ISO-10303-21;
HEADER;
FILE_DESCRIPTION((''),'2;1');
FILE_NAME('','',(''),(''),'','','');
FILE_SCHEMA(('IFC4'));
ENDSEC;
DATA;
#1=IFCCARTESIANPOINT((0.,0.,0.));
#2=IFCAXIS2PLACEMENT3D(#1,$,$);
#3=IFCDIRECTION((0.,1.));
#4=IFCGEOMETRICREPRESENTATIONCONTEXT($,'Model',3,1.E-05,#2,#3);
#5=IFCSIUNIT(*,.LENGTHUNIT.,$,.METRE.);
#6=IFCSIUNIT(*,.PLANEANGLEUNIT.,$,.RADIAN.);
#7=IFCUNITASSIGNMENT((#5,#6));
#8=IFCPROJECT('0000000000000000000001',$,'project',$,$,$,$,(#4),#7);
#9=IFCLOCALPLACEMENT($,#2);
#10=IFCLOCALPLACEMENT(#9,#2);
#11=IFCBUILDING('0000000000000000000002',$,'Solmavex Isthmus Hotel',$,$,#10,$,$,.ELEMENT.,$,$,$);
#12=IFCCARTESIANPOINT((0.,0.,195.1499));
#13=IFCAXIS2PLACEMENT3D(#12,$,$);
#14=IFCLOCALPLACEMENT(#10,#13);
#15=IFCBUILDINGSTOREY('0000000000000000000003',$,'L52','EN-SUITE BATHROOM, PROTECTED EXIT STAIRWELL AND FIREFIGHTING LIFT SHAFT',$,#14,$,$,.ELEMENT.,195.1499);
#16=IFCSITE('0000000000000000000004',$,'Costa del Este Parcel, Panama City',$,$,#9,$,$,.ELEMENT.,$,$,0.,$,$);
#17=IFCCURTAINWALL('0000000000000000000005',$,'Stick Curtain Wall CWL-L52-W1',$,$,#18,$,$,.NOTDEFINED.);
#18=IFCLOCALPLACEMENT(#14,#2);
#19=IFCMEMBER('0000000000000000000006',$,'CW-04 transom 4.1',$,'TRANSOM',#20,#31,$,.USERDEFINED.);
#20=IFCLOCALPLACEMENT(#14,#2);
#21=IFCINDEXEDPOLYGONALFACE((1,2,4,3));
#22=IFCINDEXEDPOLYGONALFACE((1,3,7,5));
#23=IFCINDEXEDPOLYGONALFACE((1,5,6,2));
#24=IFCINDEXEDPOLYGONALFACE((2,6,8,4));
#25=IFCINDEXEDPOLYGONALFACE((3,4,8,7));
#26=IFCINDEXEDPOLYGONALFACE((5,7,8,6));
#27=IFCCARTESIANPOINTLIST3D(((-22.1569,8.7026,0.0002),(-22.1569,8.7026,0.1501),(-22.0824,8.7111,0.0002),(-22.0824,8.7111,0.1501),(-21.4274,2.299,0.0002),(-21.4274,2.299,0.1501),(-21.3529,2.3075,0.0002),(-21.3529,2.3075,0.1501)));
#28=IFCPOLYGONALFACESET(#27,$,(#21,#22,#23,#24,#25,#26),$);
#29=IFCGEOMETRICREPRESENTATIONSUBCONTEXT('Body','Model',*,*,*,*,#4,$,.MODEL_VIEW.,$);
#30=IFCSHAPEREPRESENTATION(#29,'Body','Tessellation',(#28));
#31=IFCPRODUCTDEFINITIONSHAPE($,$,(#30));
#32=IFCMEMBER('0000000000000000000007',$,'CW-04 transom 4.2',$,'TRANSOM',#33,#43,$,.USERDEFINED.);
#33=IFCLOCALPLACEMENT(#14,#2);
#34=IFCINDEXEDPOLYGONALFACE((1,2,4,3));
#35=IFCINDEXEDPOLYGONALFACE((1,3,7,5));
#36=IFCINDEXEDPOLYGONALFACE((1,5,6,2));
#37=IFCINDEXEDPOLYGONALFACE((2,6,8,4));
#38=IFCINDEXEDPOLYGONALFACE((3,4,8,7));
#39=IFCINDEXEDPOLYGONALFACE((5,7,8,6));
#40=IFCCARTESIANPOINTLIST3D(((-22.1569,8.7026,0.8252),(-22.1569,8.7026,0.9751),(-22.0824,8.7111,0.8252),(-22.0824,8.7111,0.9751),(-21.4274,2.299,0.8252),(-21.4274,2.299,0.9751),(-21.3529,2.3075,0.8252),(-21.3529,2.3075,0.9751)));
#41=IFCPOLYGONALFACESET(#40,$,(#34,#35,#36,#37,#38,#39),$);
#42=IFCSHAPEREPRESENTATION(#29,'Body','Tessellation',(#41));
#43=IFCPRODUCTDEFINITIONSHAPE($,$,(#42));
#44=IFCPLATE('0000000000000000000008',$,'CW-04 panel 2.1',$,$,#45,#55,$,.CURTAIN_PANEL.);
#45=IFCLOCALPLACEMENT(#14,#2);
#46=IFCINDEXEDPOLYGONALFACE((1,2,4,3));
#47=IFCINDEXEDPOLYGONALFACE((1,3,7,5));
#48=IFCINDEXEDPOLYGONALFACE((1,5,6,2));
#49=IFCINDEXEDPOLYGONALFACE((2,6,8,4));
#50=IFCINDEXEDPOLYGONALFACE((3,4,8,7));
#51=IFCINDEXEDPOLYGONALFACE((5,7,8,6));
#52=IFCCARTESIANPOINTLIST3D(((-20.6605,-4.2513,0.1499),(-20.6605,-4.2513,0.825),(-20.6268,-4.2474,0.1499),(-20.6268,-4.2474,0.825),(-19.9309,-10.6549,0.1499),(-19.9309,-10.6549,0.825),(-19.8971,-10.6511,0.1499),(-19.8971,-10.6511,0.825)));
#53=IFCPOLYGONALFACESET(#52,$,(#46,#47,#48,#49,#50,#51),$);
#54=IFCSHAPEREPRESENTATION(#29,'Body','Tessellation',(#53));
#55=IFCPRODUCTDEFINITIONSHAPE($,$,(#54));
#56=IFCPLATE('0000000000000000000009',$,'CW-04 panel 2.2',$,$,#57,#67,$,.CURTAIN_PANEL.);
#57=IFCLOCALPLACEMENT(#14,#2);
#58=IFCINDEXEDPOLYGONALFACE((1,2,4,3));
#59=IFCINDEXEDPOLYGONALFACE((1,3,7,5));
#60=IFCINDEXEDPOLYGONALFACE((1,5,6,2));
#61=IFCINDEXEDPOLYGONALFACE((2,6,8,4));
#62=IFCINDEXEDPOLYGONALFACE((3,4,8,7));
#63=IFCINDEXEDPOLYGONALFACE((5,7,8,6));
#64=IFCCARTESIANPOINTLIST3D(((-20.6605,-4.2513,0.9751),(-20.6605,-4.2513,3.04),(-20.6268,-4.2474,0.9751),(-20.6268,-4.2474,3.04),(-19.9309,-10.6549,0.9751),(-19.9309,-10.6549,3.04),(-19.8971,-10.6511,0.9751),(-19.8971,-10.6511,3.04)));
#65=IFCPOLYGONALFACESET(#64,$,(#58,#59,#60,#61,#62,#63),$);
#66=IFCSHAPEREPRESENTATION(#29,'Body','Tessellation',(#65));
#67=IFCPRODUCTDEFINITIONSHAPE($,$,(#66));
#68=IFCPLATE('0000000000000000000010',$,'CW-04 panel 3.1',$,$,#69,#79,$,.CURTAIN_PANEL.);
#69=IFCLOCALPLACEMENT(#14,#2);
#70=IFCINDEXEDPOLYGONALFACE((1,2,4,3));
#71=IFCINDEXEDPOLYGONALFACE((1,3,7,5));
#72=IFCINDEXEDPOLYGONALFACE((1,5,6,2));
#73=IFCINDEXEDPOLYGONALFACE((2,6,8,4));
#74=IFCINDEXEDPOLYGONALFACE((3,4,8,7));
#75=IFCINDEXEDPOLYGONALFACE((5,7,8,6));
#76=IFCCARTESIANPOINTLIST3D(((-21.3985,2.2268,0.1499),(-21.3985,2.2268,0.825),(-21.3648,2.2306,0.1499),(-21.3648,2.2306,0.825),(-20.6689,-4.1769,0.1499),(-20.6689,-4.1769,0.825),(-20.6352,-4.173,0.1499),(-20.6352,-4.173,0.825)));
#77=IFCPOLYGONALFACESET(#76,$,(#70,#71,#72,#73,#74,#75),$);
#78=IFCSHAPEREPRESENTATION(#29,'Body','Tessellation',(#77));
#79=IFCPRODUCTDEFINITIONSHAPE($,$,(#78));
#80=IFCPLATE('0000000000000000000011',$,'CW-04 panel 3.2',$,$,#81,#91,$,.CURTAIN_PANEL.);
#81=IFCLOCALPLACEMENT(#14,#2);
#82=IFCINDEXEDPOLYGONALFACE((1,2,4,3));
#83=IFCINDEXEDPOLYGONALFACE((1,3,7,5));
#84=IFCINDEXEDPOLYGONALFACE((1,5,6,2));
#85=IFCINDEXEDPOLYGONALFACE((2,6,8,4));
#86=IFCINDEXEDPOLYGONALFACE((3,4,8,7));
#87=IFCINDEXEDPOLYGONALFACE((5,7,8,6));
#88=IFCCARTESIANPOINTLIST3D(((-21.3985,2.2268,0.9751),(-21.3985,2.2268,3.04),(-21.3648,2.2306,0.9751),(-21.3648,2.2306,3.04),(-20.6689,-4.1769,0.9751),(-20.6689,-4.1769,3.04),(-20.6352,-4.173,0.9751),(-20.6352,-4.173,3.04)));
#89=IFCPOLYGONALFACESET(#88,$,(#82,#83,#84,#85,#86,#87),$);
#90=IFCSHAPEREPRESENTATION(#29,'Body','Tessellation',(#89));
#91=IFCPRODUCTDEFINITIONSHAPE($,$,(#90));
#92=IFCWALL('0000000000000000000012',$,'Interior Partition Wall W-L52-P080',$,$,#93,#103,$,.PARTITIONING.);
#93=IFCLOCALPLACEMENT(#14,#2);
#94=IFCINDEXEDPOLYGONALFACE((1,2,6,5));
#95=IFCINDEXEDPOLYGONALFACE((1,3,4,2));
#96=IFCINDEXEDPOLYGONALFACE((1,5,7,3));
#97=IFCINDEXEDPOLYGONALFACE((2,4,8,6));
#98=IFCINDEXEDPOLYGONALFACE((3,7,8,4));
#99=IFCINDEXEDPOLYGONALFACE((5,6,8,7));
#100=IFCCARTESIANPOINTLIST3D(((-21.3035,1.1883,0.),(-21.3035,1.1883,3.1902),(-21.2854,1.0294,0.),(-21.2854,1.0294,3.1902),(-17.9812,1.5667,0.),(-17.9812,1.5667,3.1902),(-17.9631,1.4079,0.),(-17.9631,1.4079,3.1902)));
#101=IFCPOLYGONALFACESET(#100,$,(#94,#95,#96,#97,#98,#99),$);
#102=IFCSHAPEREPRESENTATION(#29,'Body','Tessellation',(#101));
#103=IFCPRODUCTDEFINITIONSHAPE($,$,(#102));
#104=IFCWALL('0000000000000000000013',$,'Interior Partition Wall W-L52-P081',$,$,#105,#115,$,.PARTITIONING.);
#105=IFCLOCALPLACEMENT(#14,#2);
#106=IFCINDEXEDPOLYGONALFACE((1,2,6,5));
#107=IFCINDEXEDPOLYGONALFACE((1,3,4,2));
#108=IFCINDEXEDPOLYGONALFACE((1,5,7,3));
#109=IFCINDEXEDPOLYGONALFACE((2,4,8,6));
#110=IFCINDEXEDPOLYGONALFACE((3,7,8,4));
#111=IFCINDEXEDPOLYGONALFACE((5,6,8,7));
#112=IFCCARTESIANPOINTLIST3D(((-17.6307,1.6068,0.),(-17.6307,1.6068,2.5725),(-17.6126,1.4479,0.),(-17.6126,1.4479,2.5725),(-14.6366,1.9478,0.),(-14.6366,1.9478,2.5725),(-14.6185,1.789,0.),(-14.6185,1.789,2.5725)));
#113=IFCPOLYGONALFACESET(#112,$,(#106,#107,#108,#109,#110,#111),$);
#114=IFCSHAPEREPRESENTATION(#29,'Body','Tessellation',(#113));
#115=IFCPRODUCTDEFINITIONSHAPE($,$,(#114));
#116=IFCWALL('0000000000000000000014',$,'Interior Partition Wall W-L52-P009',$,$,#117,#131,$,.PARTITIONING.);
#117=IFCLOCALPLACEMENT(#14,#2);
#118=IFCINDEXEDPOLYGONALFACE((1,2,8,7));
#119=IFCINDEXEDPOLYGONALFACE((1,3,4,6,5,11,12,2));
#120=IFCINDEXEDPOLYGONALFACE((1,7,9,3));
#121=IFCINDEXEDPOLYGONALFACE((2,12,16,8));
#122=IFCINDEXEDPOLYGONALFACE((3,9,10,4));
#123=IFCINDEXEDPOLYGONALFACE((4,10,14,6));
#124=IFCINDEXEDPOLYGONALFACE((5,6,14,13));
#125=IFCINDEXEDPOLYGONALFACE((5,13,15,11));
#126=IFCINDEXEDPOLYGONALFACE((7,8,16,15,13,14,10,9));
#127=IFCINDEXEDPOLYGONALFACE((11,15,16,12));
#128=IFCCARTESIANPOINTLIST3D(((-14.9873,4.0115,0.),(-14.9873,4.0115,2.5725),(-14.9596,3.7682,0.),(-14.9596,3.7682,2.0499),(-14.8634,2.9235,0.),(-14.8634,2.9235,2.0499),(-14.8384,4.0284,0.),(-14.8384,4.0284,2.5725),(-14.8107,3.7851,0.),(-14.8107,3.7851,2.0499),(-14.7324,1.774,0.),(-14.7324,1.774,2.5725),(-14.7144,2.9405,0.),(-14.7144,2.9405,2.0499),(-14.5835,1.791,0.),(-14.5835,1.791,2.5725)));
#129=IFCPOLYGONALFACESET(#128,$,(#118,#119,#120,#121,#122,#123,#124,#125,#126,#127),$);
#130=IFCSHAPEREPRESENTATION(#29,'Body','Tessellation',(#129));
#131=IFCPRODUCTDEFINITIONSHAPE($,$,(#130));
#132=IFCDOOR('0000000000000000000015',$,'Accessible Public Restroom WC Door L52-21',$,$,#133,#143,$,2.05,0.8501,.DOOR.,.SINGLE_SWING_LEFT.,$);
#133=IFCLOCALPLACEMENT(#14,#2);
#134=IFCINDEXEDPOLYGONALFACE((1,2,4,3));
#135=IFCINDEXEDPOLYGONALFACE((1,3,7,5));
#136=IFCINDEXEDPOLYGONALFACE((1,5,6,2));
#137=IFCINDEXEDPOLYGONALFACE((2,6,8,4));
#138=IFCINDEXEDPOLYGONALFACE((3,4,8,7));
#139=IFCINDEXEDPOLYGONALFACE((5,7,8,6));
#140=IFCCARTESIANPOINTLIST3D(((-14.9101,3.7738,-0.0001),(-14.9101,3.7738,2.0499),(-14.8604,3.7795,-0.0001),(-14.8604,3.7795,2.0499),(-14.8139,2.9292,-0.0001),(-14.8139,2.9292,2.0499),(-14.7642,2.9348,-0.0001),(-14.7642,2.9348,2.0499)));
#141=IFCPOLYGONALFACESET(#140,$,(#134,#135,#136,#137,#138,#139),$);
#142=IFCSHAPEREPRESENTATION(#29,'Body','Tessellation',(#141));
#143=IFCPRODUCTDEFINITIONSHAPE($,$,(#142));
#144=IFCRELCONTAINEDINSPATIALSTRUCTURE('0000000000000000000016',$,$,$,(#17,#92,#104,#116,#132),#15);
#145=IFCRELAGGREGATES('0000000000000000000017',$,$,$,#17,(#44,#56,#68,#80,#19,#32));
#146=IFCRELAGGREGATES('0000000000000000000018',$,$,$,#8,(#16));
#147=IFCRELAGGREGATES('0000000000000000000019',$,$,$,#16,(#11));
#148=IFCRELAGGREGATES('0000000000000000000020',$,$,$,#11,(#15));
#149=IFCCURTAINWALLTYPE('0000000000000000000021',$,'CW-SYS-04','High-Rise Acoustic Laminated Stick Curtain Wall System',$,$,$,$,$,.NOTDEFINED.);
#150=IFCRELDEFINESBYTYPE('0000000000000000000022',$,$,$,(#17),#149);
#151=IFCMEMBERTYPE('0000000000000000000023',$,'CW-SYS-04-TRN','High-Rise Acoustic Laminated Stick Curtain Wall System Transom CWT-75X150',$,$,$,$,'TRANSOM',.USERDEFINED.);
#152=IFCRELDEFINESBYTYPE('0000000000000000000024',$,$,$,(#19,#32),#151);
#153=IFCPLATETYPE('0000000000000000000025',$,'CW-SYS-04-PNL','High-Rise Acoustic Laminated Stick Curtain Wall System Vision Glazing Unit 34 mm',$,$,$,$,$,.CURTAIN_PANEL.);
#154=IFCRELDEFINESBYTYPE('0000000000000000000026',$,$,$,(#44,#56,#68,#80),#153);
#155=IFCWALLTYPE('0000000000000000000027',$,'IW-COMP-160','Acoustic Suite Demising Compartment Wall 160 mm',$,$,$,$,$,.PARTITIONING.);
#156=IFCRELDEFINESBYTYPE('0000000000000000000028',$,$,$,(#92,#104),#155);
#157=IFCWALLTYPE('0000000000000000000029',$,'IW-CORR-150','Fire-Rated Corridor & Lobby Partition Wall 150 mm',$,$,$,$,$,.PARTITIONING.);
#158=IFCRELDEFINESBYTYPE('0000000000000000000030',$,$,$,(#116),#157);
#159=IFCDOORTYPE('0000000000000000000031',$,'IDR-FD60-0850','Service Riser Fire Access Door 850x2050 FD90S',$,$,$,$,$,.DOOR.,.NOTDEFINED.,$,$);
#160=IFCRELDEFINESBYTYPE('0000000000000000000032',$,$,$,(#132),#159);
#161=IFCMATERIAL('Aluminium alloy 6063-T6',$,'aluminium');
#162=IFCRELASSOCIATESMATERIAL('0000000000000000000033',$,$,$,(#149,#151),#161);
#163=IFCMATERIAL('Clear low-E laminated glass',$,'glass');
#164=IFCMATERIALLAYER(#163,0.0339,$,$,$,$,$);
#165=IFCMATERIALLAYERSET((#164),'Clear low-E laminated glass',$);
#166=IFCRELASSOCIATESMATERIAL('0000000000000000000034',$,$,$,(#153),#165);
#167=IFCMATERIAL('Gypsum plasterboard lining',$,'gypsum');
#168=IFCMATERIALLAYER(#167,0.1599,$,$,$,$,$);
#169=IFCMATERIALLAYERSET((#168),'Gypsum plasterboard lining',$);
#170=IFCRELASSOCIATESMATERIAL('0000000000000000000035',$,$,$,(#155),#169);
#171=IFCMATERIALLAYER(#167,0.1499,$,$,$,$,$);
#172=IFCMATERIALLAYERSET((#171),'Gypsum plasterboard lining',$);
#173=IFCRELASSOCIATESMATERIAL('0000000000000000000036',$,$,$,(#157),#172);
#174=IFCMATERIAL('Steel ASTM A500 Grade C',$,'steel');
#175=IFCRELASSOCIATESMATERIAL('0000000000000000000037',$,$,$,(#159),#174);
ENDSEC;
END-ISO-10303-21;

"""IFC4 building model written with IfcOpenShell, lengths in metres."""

from ifc_helpers import new_model, si_unit, direction, frame, frame_2d, origin, origin_2d, place, context, subcontext, project, spatial, rectangle, extrude, material, layer, layer_set, material_profile, profile_set, type_object, element, fill, aggregate, save


model = new_model("IFC4")

# Units and contexts
model_context = context("Model", 3, precision=1e-05, world=origin(), true_north=direction((0.0, 1.0)))
body_context = subcontext(model_context, "Body", "Model", "MODEL_VIEW")
ifc_project = project(units=[si_unit("LENGTHUNIT", "METRE"), si_unit("PLANEANGLEUNIT", "RADIAN")], contexts=[model_context])

# Site, building, storey
site_placement = place(None, origin())
site = spatial("IfcSite", under=ifc_project, at=site_placement, Name="Costa del Este Parcel, Panama City", CompositionType="ELEMENT", RefElevation=0.0)
building_placement = place(site_placement, origin())
building = spatial("IfcBuilding", under=site, at=building_placement, Name="Solmavex Isthmus Hotel", CompositionType="ELEMENT")
storey_placement = place(building_placement, frame((0.0, 0.0, 195.1499)))
storey = spatial("IfcBuildingStorey", under=building, at=storey_placement, Name="L52", Description="EN-SUITE BATHROOM, PROTECTED EXIT STAIRWELL AND FIREFIGHTING LIFT SHAFT", CompositionType="ELEMENT", Elevation=195.1499)

# Curtain wall, members, plates
ifc_material_1 = material(Name="Aluminium alloy 6063-T6", Category="aluminium")
curtain_wall_type = type_object("IfcCurtainWallType", Name="CW-SYS-04", Description="High-Rise Acoustic Laminated Stick Curtain Wall System", PredefinedType="NOTDEFINED", material=ifc_material_1)
curtain_wall_placement = place(storey_placement, origin())
curtain_wall = element("IfcCurtainWall", 1, at=curtain_wall_placement, inside=storey, type_object=curtain_wall_type, Name="Stick Curtain Wall CWL-L52-W1", PredefinedType="NOTDEFINED")
ifc_material_profile_1 = material_profile(ifc_material_1, rectangle(XDim=0.075, YDim=0.1499, at=origin_2d()), Name="CWT-75X150")
ifc_profile_set_1 = profile_set([ifc_material_profile_1], Name="Aluminium alloy 6063-T6")
member_type_1 = type_object("IfcMemberType", Name="CW-SYS-04-TRN", Description="High-Rise Acoustic Laminated Stick Curtain Wall System Transom CWT-75X150", ElementType="TRANSOM", PredefinedType="USERDEFINED", material=ifc_profile_set_1)
member_1_placement = place(storey_placement, frame((-21.3901, 2.3032, 0.0752), z_axis=(-0.113188, 0.993574, 0.0), x_axis=(-0.993574, -0.113188, 0.0)))
member_1 = element("IfcMember", 2, at=member_1_placement, type_object=member_type_1, Name="CW-04 transom 4.1", ObjectType="TRANSOM", PredefinedType="USERDEFINED", context=body_context, shape_type="SweptSolid", body=[
    extrude(rectangle(XDim=0.075, YDim=0.1499, at=origin_2d()), origin(), (0.0, 0.0, 1.0), 6.4451),
])
member_2_placement = place(storey_placement, frame((-21.3901, 2.3032, 0.9001), z_axis=(-0.113188, 0.993574, 0.0), x_axis=(-0.993574, -0.113188, 0.0)))
member_2 = element("IfcMember", 3, at=member_2_placement, type_object=member_type_1, Name="CW-04 transom 4.2", ObjectType="TRANSOM", PredefinedType="USERDEFINED", context=body_context, shape_type="SweptSolid", body=[
    extrude(rectangle(XDim=0.075, YDim=0.1499, at=origin_2d()), origin(), (0.0, 0.0, 1.0), 6.4451),
])
ifc_material_2 = material(Name="Clear low-E laminated glass", Category="glass")
ifc_layer_1 = layer(ifc_material_2, 0.0339)
ifc_layer_set_1 = layer_set([ifc_layer_1], Name="Clear low-E laminated glass")
plate_type = type_object("IfcPlateType", Name="CW-SYS-04-PNL", Description="High-Rise Acoustic Laminated Stick Curtain Wall System Vision Glazing Unit 34 mm", PredefinedType="CURTAIN_PANEL", material=ifc_layer_set_1)
plate_1_placement = place(storey_placement, frame((-20.2788, -7.4512, 0.1499), z_axis=(0.0, 0.0, 1.0), x_axis=(-0.113203, 0.993572, 0.0)))
plate_1 = element("IfcPlate", 4, at=plate_1_placement, type_object=plate_type, Name="CW-04 panel 2.1", PredefinedType="CURTAIN_PANEL", context=body_context, shape_type="SweptSolid", body=[
    extrude(rectangle(XDim=6.4451, YDim=0.0339, at=origin_2d()), origin(), (0.0, 0.0, 1.0), 0.675),
])
plate_2_placement = place(storey_placement, frame((-20.2788, -7.4512, 0.9751), z_axis=(0.0, 0.0, 1.0), x_axis=(-0.113203, 0.993572, 0.0)))
plate_2 = element("IfcPlate", 5, at=plate_2_placement, type_object=plate_type, Name="CW-04 panel 2.2", PredefinedType="CURTAIN_PANEL", context=body_context, shape_type="SweptSolid", body=[
    extrude(rectangle(XDim=6.4451, YDim=0.0339, at=origin_2d()), origin(), (0.0, 0.0, 1.0), 2.0649),
])
plate_3_placement = place(storey_placement, frame((-21.0168, -0.9731, 0.1499), z_axis=(0.0, 0.0, 1.0), x_axis=(-0.113203, 0.993572, 0.0)))
plate_3 = element("IfcPlate", 6, at=plate_3_placement, type_object=plate_type, Name="CW-04 panel 3.1", PredefinedType="CURTAIN_PANEL", context=body_context, shape_type="SweptSolid", body=[
    extrude(rectangle(XDim=6.4451, YDim=0.0339, at=origin_2d()), origin(), (0.0, 0.0, 1.0), 0.675),
])
plate_4_placement = place(storey_placement, frame((-21.0168, -0.9731, 0.9751), z_axis=(0.0, 0.0, 1.0), x_axis=(-0.113203, 0.993572, 0.0)))
plate_4 = element("IfcPlate", 7, at=plate_4_placement, type_object=plate_type, Name="CW-04 panel 3.2", PredefinedType="CURTAIN_PANEL", context=body_context, shape_type="SweptSolid", body=[
    extrude(rectangle(XDim=6.4451, YDim=0.0339, at=origin_2d()), origin(), (0.0, 0.0, 1.0), 2.0649),
])
aggregate(curtain_wall, [plate_1, plate_2, plate_3, plate_4, member_1, member_2])

# Walls
ifc_material_3 = material(Name="Gypsum plasterboard lining", Category="gypsum")
ifc_layer_2 = layer(ifc_material_3, 0.1599)
ifc_layer_set_2 = layer_set([ifc_layer_2], Name="Gypsum plasterboard lining")
wall_type_1 = type_object("IfcWallType", Name="IW-COMP-160", Description="Acoustic Suite Demising Compartment Wall 160 mm", PredefinedType="PARTITIONING", material=ifc_layer_set_2)
wall_1_placement = place(storey_placement, frame((-17.9722, 1.4873, 0.0), z_axis=(0.0, 0.0, 1.0), x_axis=(-0.993575, -0.113172, 0.0)))
element("IfcWall", 8, at=wall_1_placement, inside=storey, type_object=wall_type_1, Name="Interior Partition Wall W-L52-P080", PredefinedType="PARTITIONING", context=body_context, shape_type="SweptSolid", body=[
    extrude(rectangle(XDim=3.3438, YDim=0.1599, at=frame_2d((1.6719, 0.0))), origin(), (0.0, 0.0, 1.0), 3.1902),
])
wall_2_placement = place(storey_placement, frame((-14.6274, 1.8684, 0.0), z_axis=(0.0, 0.0, 1.0), x_axis=(-0.993575, -0.113179, 0.0)))
element("IfcWall", 9, at=wall_2_placement, inside=storey, type_object=wall_type_1, Name="Interior Partition Wall W-L52-P081", PredefinedType="PARTITIONING", context=body_context, shape_type="SweptSolid", body=[
    extrude(rectangle(XDim=3.0134, YDim=0.1599, at=frame_2d((1.5068, 0.0))), origin(), (0.0, 0.0, 1.0), 2.5725),
])

# Wall, opening, door
ifc_layer_3 = layer(ifc_material_3, 0.1499)
ifc_layer_set_3 = layer_set([ifc_layer_3], Name="Gypsum plasterboard lining")
wall_type_2 = type_object("IfcWallType", Name="IW-CORR-150", Description="Fire-Rated Corridor & Lobby Partition Wall 150 mm", PredefinedType="PARTITIONING", material=ifc_layer_set_3)
wall_3_placement = place(storey_placement, frame((-14.658, 1.7825, 0.0), z_axis=(0.0, 0.0, 1.0), x_axis=(-0.11318, 0.993575, 0.0)))
wall_3 = element("IfcWall", 10, at=wall_3_placement, inside=storey, type_object=wall_type_2, Name="Interior Partition Wall W-L52-P009", PredefinedType="PARTITIONING", context=body_context, shape_type="SweptSolid", body=[
    extrude(rectangle(XDim=2.252, YDim=0.1499, at=frame_2d((1.126, 0.0))), origin(), (0.0, 0.0, 1.0), 2.5725),
])
opening_1_placement = place(wall_3_placement, frame((1.157, 0.0, 0.0)))
opening_1 = element("IfcOpeningElement", 11, at=opening_1_placement, cuts=wall_3, PredefinedType="OPENING", context=body_context, shape_type="SweptSolid", body=[
    extrude(rectangle(XDim=0.8501, YDim=2.05, at=frame_2d((0.425, 1.0249))), frame((0.0, 0.085, 0.0), z_axis=(0.0, -1.0, 0.0), x_axis=(1.0, 0.0, 0.0)), (0.0, 0.0, 1.0), 0.1699),
])
ifc_material_4 = material(Name="Steel ASTM A500 Grade C", Category="steel")
door_type_1 = type_object("IfcDoorType", Name="IDR-FD60-0850", Description="Service Riser Fire Access Door 850x2050 FD90S", OperationType="NOTDEFINED", PredefinedType="DOOR", material=ifc_material_4)
door_1_placement = place(opening_1_placement, frame((0.8501, 0.0, 0.0), z_axis=(0.0, 0.0, 1.0), x_axis=(-1.0, 0.0, 0.0)))
door_1 = element("IfcDoor", 12, at=door_1_placement, inside=storey, type_object=door_type_1, Name="Accessible Public Restroom WC Door L52-21", OperationType="SINGLE_SWING_LEFT", OverallHeight=2.05, OverallWidth=0.8501, PredefinedType="DOOR", context=body_context, shape_type="SweptSolid", body=[
    extrude(rectangle(XDim=0.8501, YDim=2.05, at=frame_2d((0.425, 1.0249))), frame((0.0, 0.0249, 0.0), z_axis=(0.0, -1.0, 0.0), x_axis=(1.0, 0.0, 0.0)), (0.0, 0.0, 1.0), 0.05),
])
fill(opening_1, door_1)

save(model, "model.ifc")
